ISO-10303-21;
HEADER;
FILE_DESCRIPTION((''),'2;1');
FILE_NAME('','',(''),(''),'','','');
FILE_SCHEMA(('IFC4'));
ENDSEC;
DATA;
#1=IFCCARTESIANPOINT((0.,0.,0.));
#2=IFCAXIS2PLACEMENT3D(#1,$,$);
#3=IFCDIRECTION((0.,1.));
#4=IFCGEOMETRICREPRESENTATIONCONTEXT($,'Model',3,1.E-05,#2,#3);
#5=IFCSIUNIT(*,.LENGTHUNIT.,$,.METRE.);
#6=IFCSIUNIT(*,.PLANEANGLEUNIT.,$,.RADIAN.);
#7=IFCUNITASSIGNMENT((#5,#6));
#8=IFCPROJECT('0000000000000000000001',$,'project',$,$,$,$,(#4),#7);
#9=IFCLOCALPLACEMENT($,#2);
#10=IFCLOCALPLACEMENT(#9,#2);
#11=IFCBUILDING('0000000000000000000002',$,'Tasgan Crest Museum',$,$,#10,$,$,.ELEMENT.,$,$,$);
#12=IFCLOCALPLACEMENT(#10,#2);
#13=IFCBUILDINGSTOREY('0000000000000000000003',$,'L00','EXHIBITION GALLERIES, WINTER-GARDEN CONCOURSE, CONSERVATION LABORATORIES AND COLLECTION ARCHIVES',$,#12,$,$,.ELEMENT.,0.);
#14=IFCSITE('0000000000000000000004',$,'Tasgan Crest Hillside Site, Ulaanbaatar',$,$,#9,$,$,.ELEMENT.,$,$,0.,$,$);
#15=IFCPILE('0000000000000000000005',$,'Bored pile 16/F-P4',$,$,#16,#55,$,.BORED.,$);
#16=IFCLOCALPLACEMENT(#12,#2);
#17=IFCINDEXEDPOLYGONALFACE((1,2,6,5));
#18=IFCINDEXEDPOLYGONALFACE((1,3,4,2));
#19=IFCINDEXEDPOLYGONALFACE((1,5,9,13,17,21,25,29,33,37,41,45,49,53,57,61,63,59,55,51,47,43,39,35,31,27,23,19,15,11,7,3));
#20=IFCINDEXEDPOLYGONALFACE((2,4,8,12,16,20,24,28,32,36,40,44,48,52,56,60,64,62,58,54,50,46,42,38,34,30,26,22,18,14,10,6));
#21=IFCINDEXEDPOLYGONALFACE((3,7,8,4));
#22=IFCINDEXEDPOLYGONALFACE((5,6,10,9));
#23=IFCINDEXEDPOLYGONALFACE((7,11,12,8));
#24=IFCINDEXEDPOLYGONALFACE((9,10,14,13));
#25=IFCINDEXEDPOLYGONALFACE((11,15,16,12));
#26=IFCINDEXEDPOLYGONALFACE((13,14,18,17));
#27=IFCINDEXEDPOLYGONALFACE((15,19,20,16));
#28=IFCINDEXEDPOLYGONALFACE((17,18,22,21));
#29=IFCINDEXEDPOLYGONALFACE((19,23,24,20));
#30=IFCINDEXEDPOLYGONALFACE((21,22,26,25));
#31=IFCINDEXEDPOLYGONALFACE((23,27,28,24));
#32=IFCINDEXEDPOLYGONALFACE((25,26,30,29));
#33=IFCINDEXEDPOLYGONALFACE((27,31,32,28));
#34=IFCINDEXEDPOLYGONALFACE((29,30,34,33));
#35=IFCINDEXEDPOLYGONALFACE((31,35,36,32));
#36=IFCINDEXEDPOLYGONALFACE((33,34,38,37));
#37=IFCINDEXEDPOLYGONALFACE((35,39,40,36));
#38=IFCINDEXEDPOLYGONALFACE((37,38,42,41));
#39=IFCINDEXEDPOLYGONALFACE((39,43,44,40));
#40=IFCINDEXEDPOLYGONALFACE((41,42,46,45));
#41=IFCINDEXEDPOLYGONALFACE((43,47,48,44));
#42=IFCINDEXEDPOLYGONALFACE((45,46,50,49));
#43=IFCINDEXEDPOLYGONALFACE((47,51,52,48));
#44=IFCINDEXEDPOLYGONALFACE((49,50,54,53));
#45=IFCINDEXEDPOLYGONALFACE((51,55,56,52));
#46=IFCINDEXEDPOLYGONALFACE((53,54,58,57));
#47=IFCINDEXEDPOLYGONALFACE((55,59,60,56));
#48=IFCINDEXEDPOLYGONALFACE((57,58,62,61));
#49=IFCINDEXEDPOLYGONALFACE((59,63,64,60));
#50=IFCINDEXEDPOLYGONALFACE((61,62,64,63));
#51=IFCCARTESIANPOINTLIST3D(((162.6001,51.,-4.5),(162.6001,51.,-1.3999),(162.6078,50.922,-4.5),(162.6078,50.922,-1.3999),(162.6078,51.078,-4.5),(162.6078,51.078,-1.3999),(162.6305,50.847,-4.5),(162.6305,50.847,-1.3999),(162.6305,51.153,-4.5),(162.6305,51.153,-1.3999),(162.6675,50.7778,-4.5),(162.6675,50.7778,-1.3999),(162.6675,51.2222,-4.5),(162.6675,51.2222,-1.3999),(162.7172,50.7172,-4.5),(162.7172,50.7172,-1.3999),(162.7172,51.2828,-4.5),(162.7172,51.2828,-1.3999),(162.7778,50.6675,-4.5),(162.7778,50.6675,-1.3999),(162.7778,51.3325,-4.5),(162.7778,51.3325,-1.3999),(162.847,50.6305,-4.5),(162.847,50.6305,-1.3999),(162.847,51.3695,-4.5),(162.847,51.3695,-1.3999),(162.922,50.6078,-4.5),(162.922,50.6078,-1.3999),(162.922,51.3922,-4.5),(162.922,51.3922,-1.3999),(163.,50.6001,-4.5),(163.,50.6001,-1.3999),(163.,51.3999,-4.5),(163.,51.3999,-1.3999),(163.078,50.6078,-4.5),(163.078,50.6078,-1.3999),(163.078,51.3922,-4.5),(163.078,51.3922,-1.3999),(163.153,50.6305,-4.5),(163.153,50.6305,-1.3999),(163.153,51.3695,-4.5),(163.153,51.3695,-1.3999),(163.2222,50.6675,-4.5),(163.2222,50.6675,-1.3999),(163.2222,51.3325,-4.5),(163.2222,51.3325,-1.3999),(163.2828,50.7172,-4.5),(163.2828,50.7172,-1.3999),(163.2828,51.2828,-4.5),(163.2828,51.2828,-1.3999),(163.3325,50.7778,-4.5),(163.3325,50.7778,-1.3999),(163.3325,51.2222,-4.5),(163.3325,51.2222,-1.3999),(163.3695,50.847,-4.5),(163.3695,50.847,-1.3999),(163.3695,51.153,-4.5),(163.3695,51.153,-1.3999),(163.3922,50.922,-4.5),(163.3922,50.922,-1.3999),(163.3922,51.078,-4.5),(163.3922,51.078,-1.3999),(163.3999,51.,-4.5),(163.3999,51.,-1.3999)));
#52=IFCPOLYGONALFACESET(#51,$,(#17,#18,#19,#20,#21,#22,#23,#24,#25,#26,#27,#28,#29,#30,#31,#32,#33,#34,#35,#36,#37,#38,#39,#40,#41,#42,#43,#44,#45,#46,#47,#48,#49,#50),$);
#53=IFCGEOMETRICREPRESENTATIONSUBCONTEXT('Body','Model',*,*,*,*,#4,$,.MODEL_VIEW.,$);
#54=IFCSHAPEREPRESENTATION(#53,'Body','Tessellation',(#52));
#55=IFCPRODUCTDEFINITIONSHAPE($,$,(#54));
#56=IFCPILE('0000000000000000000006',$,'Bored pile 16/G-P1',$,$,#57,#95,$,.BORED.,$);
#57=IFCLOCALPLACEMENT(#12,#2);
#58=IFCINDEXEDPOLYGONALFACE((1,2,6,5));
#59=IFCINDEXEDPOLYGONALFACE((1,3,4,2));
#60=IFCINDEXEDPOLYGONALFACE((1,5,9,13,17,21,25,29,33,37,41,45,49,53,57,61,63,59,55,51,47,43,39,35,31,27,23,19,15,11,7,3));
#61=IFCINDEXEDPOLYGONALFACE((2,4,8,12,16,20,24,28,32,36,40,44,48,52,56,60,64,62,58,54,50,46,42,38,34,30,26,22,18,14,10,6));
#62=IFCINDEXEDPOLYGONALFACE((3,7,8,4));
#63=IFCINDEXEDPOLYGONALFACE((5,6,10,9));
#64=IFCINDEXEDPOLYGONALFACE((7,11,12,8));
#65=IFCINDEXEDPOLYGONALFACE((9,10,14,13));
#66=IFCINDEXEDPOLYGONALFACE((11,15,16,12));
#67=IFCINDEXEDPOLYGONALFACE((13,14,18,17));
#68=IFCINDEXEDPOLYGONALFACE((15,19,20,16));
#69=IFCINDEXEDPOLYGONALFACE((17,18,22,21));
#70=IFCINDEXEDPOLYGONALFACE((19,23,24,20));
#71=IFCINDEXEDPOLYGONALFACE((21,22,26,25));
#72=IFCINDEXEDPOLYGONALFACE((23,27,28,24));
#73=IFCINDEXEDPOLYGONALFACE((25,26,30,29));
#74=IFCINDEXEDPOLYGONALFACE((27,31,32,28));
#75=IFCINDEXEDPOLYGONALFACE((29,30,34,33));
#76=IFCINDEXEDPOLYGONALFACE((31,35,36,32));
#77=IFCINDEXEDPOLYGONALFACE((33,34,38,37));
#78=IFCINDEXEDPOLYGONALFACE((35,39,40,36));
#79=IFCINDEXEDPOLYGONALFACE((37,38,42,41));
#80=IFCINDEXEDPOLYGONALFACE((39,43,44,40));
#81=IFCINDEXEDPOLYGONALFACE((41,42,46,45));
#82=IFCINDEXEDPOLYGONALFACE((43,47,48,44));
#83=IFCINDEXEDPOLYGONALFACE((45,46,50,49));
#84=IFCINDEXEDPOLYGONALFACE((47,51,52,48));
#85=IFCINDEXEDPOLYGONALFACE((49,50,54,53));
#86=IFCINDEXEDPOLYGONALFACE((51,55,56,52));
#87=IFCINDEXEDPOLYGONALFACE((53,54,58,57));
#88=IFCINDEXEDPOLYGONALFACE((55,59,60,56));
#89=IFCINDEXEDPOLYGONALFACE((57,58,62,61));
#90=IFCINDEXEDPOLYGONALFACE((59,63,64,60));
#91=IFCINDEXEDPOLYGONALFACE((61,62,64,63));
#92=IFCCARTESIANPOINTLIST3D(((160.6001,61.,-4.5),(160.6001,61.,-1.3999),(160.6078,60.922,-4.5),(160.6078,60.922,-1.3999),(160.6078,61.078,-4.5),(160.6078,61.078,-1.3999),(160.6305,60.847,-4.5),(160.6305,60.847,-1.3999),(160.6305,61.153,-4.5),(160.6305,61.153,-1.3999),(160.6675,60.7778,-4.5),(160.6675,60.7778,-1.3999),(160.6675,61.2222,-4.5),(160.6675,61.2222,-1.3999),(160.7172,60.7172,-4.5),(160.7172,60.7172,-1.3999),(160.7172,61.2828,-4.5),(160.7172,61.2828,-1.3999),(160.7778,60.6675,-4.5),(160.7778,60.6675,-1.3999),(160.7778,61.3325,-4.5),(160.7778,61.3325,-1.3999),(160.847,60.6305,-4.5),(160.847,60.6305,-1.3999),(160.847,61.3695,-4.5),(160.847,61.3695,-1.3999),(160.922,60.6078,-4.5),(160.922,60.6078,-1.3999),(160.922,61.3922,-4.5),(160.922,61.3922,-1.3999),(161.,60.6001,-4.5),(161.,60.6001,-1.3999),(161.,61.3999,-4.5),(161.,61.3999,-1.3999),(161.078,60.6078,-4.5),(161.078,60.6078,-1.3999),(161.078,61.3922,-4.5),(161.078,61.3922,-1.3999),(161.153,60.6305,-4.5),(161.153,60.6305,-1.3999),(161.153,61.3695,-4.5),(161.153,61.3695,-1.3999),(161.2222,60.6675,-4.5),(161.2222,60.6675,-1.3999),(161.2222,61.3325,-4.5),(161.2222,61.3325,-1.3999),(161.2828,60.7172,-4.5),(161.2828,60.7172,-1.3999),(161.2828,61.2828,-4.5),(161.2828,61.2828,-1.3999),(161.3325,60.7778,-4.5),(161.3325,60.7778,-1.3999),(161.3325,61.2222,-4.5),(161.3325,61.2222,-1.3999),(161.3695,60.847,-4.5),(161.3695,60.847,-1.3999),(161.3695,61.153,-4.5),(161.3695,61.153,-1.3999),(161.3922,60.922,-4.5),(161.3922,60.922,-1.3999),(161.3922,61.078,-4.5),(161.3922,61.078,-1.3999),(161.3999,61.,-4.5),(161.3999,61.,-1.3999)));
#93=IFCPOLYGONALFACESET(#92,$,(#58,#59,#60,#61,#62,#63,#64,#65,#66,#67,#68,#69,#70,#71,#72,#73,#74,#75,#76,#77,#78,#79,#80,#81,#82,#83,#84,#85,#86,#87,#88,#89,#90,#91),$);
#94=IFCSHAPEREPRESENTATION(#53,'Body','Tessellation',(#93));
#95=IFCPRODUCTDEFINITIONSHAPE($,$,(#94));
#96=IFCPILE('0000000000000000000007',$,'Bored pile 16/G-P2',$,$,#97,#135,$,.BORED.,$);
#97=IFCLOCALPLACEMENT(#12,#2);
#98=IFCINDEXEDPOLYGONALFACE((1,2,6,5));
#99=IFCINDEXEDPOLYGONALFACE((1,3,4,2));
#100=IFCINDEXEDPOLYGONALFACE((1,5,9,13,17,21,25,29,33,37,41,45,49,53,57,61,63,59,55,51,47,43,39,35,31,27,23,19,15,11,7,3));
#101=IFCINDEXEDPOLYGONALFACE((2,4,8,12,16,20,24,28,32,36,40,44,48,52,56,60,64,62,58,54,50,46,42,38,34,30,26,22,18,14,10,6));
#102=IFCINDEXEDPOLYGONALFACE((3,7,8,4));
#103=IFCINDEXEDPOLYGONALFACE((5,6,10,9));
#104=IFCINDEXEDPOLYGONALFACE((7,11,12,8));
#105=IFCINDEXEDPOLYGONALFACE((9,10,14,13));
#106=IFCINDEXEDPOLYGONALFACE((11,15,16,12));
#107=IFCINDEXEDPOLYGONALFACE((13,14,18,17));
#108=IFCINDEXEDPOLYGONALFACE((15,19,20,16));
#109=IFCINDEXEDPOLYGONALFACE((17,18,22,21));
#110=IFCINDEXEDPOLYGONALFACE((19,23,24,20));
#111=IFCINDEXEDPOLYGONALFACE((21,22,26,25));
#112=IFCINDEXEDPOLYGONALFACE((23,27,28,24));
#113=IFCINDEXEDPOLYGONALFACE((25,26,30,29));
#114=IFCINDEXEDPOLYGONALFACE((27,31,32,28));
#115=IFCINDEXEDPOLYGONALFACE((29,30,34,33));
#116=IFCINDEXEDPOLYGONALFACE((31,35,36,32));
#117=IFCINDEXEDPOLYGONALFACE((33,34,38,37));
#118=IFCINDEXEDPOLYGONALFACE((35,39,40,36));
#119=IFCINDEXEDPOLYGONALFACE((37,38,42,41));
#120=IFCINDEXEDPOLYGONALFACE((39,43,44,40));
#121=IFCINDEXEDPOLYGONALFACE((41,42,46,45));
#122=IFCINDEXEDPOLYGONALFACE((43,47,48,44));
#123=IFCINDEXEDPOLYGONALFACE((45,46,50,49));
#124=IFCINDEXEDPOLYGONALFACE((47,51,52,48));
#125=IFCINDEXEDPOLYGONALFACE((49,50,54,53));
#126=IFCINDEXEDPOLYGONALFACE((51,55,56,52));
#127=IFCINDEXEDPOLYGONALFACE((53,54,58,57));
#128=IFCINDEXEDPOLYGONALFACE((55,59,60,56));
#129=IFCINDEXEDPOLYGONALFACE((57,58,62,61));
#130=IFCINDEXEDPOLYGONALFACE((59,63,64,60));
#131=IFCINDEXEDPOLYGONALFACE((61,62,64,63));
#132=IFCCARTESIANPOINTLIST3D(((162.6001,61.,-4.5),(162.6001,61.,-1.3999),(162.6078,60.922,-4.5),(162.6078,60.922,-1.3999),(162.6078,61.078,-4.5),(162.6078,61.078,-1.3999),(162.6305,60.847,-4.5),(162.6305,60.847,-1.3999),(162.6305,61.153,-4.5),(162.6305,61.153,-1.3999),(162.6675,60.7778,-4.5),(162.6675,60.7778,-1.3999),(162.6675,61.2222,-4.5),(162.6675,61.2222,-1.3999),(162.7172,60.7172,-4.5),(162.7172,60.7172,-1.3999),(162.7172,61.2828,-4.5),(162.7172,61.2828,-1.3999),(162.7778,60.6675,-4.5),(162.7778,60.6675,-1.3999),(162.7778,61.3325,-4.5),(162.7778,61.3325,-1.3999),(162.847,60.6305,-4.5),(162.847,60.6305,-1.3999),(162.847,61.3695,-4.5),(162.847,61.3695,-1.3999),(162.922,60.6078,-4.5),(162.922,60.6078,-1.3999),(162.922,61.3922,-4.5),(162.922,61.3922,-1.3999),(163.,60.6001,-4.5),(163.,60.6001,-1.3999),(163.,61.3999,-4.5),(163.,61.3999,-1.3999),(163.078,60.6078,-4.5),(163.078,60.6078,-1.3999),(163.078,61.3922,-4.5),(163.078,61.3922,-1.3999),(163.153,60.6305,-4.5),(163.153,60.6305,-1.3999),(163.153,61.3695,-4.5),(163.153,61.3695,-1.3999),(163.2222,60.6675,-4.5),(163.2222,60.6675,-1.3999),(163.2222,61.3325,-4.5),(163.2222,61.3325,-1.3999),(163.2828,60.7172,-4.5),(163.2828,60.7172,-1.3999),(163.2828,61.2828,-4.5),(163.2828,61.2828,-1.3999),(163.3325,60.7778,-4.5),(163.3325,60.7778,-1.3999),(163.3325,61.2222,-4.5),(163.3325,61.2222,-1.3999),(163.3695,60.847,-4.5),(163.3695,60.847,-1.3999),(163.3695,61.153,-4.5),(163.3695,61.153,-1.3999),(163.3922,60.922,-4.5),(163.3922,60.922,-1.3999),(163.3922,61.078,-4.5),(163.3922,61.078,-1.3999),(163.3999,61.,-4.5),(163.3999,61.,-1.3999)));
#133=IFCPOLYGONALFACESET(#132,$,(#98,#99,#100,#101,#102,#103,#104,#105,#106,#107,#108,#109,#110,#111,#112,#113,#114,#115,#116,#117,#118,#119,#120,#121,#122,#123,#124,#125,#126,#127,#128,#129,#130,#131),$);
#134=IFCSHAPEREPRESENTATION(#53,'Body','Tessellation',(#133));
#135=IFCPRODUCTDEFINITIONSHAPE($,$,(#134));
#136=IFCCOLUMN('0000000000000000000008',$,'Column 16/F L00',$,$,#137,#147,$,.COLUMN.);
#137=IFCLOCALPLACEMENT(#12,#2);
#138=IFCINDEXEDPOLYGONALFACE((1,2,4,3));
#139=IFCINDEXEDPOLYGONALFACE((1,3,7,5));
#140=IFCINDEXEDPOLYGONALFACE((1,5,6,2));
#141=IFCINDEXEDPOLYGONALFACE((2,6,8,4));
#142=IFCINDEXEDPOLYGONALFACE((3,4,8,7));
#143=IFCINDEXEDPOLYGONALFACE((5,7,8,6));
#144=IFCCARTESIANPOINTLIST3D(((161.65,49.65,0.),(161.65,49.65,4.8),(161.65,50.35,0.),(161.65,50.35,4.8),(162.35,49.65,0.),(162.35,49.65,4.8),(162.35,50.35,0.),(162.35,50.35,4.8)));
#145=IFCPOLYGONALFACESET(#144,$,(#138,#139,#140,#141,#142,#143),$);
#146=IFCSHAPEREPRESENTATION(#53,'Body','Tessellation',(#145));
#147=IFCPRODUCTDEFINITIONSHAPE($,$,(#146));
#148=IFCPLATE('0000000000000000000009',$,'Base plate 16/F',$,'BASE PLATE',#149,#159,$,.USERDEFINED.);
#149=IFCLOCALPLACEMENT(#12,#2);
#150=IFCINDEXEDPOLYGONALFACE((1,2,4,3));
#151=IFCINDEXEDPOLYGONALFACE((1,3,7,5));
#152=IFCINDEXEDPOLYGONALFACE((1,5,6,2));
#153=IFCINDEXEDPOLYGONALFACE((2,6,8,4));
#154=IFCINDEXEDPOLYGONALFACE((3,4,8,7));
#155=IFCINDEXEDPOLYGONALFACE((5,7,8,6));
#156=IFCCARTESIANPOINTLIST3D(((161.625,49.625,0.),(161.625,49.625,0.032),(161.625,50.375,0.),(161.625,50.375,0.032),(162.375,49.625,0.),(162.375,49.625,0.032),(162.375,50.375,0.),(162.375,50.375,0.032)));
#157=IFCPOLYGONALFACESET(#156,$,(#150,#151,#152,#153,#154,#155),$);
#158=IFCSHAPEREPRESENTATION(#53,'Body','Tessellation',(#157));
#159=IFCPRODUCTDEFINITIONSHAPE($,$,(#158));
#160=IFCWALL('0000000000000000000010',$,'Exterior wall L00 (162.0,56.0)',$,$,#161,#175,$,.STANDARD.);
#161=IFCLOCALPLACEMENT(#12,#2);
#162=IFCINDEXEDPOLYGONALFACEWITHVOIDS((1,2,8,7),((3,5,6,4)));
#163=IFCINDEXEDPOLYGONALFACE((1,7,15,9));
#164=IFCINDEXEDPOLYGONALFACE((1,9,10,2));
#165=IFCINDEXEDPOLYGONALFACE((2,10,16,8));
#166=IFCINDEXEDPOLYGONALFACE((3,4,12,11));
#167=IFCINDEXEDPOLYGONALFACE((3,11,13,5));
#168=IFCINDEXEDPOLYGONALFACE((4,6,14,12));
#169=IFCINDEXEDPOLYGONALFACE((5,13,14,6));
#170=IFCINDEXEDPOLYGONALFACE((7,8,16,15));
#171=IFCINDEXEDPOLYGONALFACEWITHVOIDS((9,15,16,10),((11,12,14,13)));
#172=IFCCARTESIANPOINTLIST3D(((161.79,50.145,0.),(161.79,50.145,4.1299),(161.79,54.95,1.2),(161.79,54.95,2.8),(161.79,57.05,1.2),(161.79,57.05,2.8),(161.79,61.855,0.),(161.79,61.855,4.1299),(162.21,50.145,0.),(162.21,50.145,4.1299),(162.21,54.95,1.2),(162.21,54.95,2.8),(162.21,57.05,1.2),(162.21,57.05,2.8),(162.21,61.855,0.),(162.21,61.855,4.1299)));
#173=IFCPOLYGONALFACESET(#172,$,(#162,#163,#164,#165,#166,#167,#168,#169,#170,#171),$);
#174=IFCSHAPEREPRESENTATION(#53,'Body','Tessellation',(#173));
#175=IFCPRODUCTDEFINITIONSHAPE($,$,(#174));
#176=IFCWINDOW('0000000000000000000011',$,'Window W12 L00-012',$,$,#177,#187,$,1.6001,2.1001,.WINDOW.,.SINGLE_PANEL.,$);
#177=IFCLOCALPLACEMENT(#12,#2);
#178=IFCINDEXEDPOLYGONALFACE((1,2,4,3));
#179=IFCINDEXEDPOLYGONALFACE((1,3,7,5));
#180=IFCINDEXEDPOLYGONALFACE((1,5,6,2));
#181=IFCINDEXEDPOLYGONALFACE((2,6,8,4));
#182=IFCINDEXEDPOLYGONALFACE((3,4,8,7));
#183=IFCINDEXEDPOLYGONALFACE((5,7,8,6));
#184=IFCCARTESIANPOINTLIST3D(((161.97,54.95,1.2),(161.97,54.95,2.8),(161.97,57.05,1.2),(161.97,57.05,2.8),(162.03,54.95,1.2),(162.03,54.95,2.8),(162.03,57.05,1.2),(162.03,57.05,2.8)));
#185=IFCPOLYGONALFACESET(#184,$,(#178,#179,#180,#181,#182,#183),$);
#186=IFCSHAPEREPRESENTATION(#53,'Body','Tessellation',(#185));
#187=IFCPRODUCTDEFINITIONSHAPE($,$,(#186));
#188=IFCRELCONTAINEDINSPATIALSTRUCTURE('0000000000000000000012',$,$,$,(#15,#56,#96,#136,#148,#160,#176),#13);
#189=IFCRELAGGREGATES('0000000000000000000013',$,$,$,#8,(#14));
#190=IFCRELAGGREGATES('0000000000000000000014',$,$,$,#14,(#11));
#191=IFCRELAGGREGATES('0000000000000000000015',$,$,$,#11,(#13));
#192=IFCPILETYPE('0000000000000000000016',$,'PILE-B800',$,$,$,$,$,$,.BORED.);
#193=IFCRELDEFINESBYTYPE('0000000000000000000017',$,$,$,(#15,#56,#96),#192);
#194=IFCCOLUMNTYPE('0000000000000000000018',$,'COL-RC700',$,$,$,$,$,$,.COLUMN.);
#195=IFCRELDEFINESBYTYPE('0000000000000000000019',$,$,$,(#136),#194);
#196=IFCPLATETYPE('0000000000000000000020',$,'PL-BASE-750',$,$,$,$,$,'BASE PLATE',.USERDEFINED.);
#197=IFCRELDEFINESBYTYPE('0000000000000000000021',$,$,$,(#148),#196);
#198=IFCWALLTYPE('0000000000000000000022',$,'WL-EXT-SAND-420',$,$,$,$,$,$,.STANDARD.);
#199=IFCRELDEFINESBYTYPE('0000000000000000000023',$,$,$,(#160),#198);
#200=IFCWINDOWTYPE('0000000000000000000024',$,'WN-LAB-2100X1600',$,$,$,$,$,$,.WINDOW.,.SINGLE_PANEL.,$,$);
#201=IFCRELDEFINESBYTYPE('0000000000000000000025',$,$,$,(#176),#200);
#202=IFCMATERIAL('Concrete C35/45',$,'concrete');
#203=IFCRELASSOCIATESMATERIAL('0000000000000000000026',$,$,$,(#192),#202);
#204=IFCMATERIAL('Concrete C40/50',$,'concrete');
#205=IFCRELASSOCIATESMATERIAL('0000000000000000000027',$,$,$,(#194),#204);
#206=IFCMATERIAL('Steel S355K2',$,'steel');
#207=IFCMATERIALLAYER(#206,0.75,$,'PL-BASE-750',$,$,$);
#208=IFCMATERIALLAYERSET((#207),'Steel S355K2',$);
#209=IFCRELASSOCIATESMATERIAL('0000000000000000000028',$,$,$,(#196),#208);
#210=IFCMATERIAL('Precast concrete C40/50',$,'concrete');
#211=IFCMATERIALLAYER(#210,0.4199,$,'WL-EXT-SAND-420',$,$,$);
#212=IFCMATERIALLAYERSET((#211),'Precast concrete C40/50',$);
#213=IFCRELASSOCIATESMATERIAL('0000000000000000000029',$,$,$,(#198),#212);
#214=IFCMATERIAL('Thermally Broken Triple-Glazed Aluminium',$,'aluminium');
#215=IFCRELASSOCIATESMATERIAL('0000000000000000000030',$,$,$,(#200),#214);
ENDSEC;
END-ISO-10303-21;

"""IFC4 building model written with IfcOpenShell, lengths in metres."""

from ifc_helpers import new_model, si_unit, direction, frame, frame_2d, origin, origin_2d, place, context, subcontext, project, spatial, rectangle, circle, extrude, material, layer, layer_set, material_profile, profile_set, type_object, element, fill, save


model = new_model("IFC4")

# Units and contexts
model_context = context("Model", 3, precision=1e-05, world=origin(), true_north=direction((0.0, 1.0)))
body_context = subcontext(model_context, "Body", "Model", "MODEL_VIEW")
ifc_project = project(units=[si_unit("LENGTHUNIT", "METRE"), si_unit("PLANEANGLEUNIT", "RADIAN")], contexts=[model_context])

# Site, building, storey
site_placement = place(None, origin())
site = spatial("IfcSite", under=ifc_project, at=site_placement, Name="Tasgan Crest Hillside Site, Ulaanbaatar", CompositionType="ELEMENT", RefElevation=0.0)
building_placement = place(site_placement, origin())
building = spatial("IfcBuilding", under=site, at=building_placement, Name="Tasgan Crest Museum", CompositionType="ELEMENT")
storey_placement = place(building_placement, origin())
storey = spatial("IfcBuildingStorey", under=building, at=storey_placement, Name="L00", Description="EXHIBITION GALLERIES, WINTER-GARDEN CONCOURSE, CONSERVATION LABORATORIES AND COLLECTION ARCHIVES", CompositionType="ELEMENT", Elevation=0.0)

# Piles
ifc_material_1 = material(Name="Concrete C35/45", Category="concrete")
ifc_material_profile_1 = material_profile(ifc_material_1, circle(Radius=0.3999, at=origin_2d()), Name="PILE D800")
ifc_profile_set_1 = profile_set([ifc_material_profile_1], Name="Concrete C35/45")
pile_type = type_object("IfcPileType", Name="PILE-B800", PredefinedType="BORED", material=ifc_profile_set_1)
for number, where, z_axis, x_axis, name in (
    (1, (163.0, 51.0, -1.3999), (0.0, 0.0, -1.0), (1.0, 0.0, 0.0), "Bored pile 16/F-P4"),
    (2, (161.0, 61.0, -1.3999), (0.0, 0.0, -1.0), (1.0, 0.0, 0.0), "Bored pile 16/G-P1"),
    (3, (163.0, 61.0, -1.3999), (0.0, 0.0, -1.0), (1.0, 0.0, 0.0), "Bored pile 16/G-P2"),
):
    element("IfcPile", number, at=place(storey_placement, frame(where, z_axis=z_axis, x_axis=x_axis)), inside=storey, type_object=pile_type, Name=name, PredefinedType="BORED", context=body_context, shape_type="SweptSolid", body=[
        extrude(circle(Radius=0.3999, at=origin_2d()), origin(), (0.0, 0.0, 1.0), 3.1001),
    ])

# Column
ifc_material_2 = material(Name="Concrete C40/50", Category="concrete")
ifc_material_profile_2 = material_profile(ifc_material_2, rectangle(XDim=0.7, YDim=0.7, at=origin_2d()), Name="RC 700x700")
ifc_profile_set_2 = profile_set([ifc_material_profile_2], Name="Concrete C40/50")
column_type = type_object("IfcColumnType", Name="COL-RC700", PredefinedType="COLUMN", material=ifc_profile_set_2)
column_placement = place(storey_placement, frame((162.0, 50.0, 0.0), z_axis=(0.0, 0.0, 1.0), x_axis=(1.0, 0.0, 0.0)))
element("IfcColumn", 4, at=column_placement, inside=storey, type_object=column_type, Name="Column 16/F L00", PredefinedType="COLUMN", context=body_context, shape_type="SweptSolid", body=[
    extrude(rectangle(XDim=0.7, YDim=0.7, at=origin_2d()), origin(), (0.0, 0.0, 1.0), 4.8),
])

# Plate
ifc_material_3 = material(Name="Steel S355K2", Category="steel")
ifc_layer_1 = layer(ifc_material_3, 0.75, Name="PL-BASE-750")
ifc_layer_set_1 = layer_set([ifc_layer_1], Name="Steel S355K2")
plate_type = type_object("IfcPlateType", Name="PL-BASE-750", ElementType="BASE PLATE", PredefinedType="USERDEFINED", material=ifc_layer_set_1)
plate_placement = place(storey_placement, frame((162.0, 50.0, 0.0), z_axis=(0.0, 0.0, 1.0), x_axis=(1.0, 0.0, 0.0)))
element("IfcPlate", 5, at=plate_placement, inside=storey, type_object=plate_type, Name="Base plate 16/F", ObjectType="BASE PLATE", PredefinedType="USERDEFINED", context=body_context, shape_type="SweptSolid", body=[
    extrude(rectangle(XDim=0.75, YDim=0.75, at=origin_2d()), origin(), (0.0, 0.0, 1.0), 0.032),
])

# Wall, opening, window
ifc_material_4 = material(Name="Precast concrete C40/50", Category="concrete")
ifc_layer_2 = layer(ifc_material_4, 0.4199, Name="WL-EXT-SAND-420")
ifc_layer_set_2 = layer_set([ifc_layer_2], Name="Precast concrete C40/50")
wall_type = type_object("IfcWallType", Name="WL-EXT-SAND-420", PredefinedType="STANDARD", material=ifc_layer_set_2)
wall_placement = place(storey_placement, frame((162.0, 50.145, 0.0), z_axis=(0.0, 0.0, 1.0), x_axis=(0.0, 1.0, 0.0)))
wall = element("IfcWall", 6, at=wall_placement, inside=storey, type_object=wall_type, Name="Exterior wall L00 (162.0,56.0)", PredefinedType="STANDARD", context=body_context, shape_type="SweptSolid", body=[
    extrude(rectangle(XDim=11.71, YDim=0.4199, at=frame_2d((5.855, 0.0))), origin(), (0.0, 0.0, 1.0), 4.1299),
])
opening_placement = place(wall_placement, frame((4.8049, 0.0, 1.2)))
opening = element("IfcOpeningElement", 7, at=opening_placement, cuts=wall, PredefinedType="OPENING", context=body_context, shape_type="SweptSolid", body=[
    extrude(rectangle(XDim=2.1001, YDim=1.6001, at=frame_2d((1.05, 0.8))), frame((0.0, 0.22, 0.0), z_axis=(0.0, -1.0, 0.0), x_axis=(1.0, 0.0, 0.0)), (0.0, 0.0, 1.0), 0.4399),
])
ifc_material_5 = material(Name="Thermally Broken Triple-Glazed Aluminium", Category="aluminium")
window_type = type_object("IfcWindowType", Name="WN-LAB-2100X1600", PartitioningType="SINGLE_PANEL", PredefinedType="WINDOW", material=ifc_material_5)
window_placement = place(opening_placement, origin())
window = element("IfcWindow", 8, at=window_placement, inside=storey, type_object=window_type, Name="Window W12 L00-012", OverallHeight=1.6001, OverallWidth=2.1001, PartitioningType="SINGLE_PANEL", PredefinedType="WINDOW", context=body_context, shape_type="SweptSolid", body=[
    extrude(rectangle(XDim=2.1001, YDim=1.6001, at=frame_2d((1.05, 0.8))), frame((0.0, 0.03, 0.0), z_axis=(0.0, -1.0, 0.0), x_axis=(1.0, 0.0, 0.0)), (0.0, 0.0, 1.0), 0.0601),
])
fill(opening, window)

save(model, "model.ifc")
